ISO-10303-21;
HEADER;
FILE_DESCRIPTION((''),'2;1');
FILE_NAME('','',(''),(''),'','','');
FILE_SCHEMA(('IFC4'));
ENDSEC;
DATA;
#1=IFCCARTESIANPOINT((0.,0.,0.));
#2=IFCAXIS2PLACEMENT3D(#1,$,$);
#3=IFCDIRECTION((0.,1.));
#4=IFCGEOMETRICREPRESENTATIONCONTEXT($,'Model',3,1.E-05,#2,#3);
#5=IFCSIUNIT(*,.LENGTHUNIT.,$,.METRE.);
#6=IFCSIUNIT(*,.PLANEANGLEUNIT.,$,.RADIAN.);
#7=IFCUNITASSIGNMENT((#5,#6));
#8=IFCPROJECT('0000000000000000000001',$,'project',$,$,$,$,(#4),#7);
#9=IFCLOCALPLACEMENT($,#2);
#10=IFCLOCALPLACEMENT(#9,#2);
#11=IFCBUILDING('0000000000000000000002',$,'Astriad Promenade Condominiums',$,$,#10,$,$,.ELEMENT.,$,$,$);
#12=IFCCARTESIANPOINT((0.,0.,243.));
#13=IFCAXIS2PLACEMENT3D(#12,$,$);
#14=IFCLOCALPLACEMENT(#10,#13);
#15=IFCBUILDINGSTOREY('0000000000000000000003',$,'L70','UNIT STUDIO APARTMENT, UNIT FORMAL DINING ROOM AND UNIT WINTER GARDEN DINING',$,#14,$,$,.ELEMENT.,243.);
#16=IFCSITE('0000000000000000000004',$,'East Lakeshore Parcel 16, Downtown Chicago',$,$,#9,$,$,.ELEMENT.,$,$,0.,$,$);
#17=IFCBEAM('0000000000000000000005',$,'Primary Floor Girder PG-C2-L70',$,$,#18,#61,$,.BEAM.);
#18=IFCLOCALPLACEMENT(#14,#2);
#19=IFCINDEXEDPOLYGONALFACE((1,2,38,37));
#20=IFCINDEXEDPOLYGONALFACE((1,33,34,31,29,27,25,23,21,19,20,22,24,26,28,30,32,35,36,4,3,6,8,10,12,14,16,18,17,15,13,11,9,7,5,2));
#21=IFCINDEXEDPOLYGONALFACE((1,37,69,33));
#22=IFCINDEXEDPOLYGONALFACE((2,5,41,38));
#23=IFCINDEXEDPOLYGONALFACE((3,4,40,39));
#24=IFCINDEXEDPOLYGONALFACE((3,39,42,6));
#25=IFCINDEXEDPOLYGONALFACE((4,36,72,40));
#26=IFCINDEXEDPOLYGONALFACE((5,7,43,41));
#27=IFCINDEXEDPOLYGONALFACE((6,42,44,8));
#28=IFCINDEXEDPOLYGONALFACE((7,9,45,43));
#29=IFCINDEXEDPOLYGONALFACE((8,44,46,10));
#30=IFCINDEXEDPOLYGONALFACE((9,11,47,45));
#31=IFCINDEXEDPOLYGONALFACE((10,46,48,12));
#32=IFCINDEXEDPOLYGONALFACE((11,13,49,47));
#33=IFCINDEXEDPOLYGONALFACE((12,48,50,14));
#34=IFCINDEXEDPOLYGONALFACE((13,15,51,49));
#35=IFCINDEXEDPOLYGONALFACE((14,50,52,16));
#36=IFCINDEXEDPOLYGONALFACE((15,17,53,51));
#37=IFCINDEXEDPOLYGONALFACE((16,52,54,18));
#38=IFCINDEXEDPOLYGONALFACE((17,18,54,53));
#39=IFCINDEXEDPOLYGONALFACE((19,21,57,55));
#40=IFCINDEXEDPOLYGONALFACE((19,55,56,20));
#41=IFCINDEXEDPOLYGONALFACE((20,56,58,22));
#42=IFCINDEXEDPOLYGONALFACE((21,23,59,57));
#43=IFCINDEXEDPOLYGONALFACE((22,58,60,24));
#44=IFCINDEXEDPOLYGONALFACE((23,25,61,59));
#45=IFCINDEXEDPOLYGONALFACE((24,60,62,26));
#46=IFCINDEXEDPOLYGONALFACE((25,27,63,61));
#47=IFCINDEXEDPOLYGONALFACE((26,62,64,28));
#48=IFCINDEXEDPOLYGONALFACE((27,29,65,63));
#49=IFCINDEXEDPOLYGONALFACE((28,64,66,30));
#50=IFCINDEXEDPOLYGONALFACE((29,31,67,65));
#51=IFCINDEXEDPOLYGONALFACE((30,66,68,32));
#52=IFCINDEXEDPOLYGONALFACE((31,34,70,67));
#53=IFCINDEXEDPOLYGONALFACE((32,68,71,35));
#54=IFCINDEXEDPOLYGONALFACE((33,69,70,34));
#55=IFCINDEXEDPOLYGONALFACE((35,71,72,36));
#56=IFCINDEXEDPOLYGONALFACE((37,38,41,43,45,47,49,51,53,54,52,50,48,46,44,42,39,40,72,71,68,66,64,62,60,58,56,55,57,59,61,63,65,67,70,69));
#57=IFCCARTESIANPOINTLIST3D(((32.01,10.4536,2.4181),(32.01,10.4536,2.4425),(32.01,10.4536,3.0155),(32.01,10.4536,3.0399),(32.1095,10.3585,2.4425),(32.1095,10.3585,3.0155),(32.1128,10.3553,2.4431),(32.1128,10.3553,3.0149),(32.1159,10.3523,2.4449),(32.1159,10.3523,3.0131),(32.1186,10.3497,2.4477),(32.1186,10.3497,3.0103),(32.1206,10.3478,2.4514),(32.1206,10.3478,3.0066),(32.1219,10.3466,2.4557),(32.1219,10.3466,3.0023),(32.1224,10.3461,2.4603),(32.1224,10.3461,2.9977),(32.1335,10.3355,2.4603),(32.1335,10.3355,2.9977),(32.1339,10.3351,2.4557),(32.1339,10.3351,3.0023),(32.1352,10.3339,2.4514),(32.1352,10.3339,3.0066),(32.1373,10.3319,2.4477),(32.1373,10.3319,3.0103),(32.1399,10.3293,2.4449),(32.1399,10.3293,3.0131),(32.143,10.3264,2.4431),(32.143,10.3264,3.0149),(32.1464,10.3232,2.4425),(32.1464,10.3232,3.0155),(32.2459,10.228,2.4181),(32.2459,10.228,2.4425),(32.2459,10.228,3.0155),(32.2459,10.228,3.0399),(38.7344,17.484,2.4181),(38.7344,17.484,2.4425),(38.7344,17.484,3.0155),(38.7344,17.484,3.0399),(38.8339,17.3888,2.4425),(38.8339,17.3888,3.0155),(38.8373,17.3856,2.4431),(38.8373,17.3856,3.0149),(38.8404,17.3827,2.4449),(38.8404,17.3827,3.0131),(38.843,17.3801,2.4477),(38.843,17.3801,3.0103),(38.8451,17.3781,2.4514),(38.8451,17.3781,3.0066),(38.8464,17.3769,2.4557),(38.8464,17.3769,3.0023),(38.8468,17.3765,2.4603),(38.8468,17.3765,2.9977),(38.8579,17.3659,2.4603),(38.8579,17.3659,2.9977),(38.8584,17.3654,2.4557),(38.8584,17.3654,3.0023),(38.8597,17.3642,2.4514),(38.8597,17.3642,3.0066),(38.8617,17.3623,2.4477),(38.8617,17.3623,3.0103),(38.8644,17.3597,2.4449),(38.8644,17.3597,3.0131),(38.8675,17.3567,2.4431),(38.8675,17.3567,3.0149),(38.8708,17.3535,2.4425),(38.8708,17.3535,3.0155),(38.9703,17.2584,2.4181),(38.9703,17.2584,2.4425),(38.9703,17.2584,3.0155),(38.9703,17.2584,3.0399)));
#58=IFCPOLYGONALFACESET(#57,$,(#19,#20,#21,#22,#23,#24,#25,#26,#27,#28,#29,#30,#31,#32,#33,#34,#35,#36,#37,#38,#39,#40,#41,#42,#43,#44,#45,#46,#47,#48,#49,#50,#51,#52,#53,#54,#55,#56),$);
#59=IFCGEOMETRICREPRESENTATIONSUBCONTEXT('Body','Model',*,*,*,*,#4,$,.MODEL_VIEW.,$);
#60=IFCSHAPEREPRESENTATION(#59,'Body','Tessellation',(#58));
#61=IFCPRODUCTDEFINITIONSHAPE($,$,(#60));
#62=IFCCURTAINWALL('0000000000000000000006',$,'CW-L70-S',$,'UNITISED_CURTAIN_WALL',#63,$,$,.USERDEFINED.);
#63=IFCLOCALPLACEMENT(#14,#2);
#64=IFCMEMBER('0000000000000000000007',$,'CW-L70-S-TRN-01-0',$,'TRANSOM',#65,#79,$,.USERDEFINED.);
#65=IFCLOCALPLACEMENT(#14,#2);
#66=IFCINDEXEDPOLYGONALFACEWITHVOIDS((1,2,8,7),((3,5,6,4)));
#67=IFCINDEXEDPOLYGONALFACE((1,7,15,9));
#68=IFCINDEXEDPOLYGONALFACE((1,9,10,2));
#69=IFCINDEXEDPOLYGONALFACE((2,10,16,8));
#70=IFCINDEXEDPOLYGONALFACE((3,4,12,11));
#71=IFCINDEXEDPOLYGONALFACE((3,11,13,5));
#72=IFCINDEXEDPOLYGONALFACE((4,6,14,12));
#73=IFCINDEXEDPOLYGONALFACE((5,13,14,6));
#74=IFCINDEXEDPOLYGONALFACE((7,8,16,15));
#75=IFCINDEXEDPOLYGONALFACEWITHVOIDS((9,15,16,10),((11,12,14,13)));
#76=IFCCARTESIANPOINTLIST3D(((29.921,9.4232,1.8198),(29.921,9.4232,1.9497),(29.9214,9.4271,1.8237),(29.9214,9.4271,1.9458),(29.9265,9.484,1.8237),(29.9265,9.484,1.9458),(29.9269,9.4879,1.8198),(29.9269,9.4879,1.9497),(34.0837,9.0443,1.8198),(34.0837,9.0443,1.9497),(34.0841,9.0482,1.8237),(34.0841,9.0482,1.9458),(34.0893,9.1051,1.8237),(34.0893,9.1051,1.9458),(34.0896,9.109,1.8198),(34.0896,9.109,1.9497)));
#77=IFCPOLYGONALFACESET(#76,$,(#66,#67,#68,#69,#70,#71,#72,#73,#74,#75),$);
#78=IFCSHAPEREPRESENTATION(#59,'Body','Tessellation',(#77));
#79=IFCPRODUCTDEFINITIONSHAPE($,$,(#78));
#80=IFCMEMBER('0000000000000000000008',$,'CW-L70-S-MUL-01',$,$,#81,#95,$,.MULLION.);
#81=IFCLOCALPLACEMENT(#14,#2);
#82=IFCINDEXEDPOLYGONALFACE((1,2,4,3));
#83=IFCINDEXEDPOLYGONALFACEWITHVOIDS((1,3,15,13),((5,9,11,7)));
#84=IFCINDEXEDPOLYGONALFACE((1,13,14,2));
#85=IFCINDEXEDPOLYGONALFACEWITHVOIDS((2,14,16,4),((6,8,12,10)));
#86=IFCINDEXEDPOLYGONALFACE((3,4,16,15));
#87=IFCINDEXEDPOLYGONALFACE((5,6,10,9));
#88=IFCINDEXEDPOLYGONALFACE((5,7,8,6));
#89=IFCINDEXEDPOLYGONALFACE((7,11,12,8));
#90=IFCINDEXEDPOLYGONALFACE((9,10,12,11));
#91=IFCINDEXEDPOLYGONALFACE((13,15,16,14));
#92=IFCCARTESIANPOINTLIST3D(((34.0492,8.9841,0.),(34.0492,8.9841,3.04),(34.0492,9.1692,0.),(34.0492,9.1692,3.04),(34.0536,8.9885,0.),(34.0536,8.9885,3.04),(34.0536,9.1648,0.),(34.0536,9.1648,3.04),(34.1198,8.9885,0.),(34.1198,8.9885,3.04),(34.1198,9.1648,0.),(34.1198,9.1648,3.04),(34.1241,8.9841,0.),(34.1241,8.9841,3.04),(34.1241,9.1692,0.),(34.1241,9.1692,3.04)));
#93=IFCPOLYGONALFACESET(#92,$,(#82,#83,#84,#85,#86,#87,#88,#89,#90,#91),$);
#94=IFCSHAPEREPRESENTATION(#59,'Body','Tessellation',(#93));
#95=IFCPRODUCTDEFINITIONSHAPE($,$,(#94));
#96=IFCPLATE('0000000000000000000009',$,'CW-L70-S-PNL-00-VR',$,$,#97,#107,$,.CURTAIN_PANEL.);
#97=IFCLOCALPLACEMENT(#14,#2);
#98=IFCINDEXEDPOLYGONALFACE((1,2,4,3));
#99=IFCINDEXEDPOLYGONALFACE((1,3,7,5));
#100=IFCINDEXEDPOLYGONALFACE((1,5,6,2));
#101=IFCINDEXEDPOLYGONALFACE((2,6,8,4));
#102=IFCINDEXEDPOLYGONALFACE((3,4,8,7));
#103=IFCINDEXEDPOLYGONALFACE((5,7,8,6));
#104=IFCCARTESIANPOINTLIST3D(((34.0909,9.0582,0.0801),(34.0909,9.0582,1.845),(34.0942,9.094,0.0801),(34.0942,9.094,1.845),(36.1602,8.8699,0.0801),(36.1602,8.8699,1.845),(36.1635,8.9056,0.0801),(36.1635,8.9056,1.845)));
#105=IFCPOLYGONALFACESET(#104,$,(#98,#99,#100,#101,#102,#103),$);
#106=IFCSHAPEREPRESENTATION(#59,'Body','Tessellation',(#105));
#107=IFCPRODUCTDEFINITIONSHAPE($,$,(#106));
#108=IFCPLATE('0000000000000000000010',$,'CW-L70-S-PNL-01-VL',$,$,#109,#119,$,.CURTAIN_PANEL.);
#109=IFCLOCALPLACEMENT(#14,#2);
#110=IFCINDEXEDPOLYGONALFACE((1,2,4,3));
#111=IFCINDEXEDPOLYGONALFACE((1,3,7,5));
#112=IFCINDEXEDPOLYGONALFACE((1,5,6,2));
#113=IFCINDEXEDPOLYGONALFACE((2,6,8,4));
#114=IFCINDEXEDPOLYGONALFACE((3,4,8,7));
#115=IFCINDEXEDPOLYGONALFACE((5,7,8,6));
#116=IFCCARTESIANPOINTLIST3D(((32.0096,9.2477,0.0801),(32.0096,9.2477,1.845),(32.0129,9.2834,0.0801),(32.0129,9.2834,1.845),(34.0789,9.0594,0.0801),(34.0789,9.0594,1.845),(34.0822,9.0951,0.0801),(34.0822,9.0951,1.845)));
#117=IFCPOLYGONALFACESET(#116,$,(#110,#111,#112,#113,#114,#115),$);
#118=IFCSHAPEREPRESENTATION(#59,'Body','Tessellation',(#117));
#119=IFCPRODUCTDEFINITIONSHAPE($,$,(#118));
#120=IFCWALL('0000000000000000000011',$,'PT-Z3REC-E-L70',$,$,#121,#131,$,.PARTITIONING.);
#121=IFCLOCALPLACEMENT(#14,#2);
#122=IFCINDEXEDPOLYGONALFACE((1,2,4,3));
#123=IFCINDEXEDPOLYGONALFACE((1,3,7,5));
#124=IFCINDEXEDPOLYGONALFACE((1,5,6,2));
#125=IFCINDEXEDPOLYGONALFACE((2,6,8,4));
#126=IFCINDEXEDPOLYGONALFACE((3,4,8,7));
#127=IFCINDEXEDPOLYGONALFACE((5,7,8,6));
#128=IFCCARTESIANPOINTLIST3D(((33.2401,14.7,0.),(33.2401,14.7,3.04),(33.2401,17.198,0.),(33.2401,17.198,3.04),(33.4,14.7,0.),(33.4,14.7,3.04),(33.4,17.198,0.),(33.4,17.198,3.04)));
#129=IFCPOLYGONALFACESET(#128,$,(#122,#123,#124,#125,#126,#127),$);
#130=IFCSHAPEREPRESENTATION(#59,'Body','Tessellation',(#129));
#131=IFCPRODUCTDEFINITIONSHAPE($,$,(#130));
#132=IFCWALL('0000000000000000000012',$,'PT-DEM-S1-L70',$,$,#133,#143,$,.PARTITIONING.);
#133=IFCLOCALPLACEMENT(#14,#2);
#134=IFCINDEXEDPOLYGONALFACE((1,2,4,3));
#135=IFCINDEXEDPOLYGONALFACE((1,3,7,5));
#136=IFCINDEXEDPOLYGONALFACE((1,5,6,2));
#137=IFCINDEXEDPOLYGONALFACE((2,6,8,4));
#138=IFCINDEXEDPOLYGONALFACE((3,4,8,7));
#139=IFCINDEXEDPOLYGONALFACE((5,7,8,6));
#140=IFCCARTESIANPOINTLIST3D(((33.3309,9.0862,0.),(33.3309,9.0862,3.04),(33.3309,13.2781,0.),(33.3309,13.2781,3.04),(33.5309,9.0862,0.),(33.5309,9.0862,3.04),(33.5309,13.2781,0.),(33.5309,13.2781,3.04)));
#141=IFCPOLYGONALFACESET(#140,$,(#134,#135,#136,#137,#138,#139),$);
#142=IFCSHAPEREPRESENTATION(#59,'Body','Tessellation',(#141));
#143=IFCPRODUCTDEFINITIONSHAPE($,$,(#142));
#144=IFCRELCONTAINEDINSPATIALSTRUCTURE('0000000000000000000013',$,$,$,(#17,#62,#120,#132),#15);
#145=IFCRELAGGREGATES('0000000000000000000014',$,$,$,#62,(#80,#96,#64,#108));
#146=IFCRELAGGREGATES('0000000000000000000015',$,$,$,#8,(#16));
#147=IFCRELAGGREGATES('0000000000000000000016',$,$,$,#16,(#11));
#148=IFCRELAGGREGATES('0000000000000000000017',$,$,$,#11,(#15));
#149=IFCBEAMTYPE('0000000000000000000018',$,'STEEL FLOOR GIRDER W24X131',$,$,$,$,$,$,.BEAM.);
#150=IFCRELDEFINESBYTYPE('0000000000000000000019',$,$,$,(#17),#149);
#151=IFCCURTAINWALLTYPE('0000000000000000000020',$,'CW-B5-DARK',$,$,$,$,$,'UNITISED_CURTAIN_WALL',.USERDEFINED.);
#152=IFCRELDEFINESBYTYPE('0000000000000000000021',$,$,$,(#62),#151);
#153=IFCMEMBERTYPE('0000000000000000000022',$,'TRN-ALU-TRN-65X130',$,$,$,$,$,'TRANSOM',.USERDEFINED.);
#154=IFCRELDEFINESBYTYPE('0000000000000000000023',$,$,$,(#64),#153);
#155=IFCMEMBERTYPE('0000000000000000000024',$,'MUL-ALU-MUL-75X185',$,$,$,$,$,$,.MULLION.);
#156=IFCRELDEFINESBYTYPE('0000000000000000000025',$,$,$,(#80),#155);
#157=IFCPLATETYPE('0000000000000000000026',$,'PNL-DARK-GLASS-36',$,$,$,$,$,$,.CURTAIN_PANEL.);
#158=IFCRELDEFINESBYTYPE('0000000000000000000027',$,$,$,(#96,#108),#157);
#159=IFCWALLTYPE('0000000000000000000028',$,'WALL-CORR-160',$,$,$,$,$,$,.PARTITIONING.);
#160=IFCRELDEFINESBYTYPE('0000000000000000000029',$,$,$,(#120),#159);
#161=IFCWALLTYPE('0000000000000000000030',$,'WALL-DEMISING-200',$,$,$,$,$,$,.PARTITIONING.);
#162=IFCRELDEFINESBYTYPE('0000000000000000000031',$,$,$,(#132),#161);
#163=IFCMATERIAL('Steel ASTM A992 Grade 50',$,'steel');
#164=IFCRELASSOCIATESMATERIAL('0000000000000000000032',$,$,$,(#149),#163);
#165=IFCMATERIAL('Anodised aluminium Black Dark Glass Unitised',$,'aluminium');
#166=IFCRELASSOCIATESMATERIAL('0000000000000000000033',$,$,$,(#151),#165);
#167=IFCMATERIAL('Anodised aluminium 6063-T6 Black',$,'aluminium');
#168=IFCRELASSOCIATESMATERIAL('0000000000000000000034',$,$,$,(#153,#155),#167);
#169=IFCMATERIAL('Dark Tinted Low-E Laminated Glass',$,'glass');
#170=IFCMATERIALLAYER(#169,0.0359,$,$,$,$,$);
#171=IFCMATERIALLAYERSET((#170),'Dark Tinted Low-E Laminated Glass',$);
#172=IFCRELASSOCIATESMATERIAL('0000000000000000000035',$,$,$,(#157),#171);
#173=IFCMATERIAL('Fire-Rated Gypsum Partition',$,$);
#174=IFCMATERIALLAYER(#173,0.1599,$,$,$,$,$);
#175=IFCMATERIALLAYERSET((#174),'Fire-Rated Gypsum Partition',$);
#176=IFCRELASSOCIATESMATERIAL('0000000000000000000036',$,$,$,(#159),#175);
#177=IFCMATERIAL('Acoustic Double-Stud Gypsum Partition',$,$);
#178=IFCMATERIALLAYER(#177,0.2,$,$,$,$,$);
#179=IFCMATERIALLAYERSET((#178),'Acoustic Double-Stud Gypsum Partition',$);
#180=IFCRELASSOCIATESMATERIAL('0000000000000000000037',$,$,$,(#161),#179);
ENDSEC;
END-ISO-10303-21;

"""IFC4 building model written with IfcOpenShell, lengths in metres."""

from ifc_helpers import new_model, si_unit, direction, frame, frame_2d, origin, origin_2d, place, context, subcontext, project, spatial, rectangle, hollow_rectangle, i_section, extrude, source, transform, mapped, material, layer, layer_set, material_profile, profile_set, type_object, type_shapes, element, aggregate, save


model = new_model("IFC4")

# Units and contexts
model_context = context("Model", 3, precision=1e-05, world=origin(), true_north=direction((0.0, 1.0)))
body_context = subcontext(model_context, "Body", "Model", "MODEL_VIEW")
ifc_project = project(units=[si_unit("LENGTHUNIT", "METRE"), si_unit("PLANEANGLEUNIT", "RADIAN")], contexts=[model_context])

# Site, building, storey
site_placement = place(None, origin())
site = spatial("IfcSite", under=ifc_project, at=site_placement, Name="East Lakeshore Parcel 16, Downtown Chicago", CompositionType="ELEMENT", RefElevation=0.0)
building_placement = place(site_placement, origin())
building = spatial("IfcBuilding", under=site, at=building_placement, Name="Astriad Promenade Condominiums", CompositionType="ELEMENT")
storey_placement = place(building_placement, frame((0.0, 0.0, 243.0)))
storey = spatial("IfcBuildingStorey", under=building, at=storey_placement, Name="L70", Description="UNIT STUDIO APARTMENT, UNIT FORMAL DINING ROOM AND UNIT WINTER GARDEN DINING", CompositionType="ELEMENT", Elevation=243.0)

# Shared definitions
ifc_material_1 = material(Name="Steel ASTM A992 Grade 50", Category="steel")

# Beam
ifc_material_profile_1 = material_profile(ifc_material_1, i_section(OverallWidth=0.3264, OverallDepth=0.6218, WebThickness=0.0154, FlangeThickness=0.0244, FilletRadius=0.0178, at=origin_2d()), Name="W24X131")
ifc_profile_set_1 = profile_set([ifc_material_profile_1], Name="Steel ASTM A992 Grade 50")
beam_type_1 = type_object("IfcBeamType", Name="STEEL FLOOR GIRDER W24X131", PredefinedType="BEAM", material=ifc_profile_set_1)
shared_shape_1 = source(origin(), body_context, "Body", "SweptSolid", [
    extrude(i_section(OverallWidth=0.3264, OverallDepth=0.6218, WebThickness=0.0154, FlangeThickness=0.0244, FilletRadius=0.0178, at=origin_2d()), origin(), (0.0, 0.0, 1.0), 9.7285),
])
beam_1_placement = place(storey_placement, frame((32.1279, 10.3408, 2.729), z_axis=(0.69121, 0.722654, 0.0), x_axis=(-0.722654, 0.69121, 0.0)))
element("IfcBeam", 1, at=beam_1_placement, inside=storey, type_object=beam_type_1, Name="Primary Floor Girder PG-C2-L70", PredefinedType="BEAM", context=body_context, shape_type="MappedRepresentation", body=[
    mapped(shared_shape_1, transform((0.0, 0.0, 0.0), scale=1.0)),
])

# Curtain wall, members, plates
ifc_material_2 = material(Name="Anodised aluminium Black Dark Glass Unitised", Category="aluminium")
curtain_wall_type = type_object("IfcCurtainWallType", Name="CW-B5-DARK", ElementType="UNITISED_CURTAIN_WALL", PredefinedType="USERDEFINED", material=ifc_material_2)
curtain_wall_placement = place(storey_placement, origin())
curtain_wall = element("IfcCurtainWall", 2, at=curtain_wall_placement, inside=storey, type_object=curtain_wall_type, Name="CW-L70-S", ObjectType="UNITISED_CURTAIN_WALL", PredefinedType="USERDEFINED")
ifc_material_3 = material(Name="Anodised aluminium 6063-T6 Black", Category="aluminium")
ifc_material_profile_2 = material_profile(ifc_material_3, hollow_rectangle(XDim=0.0649, YDim=0.1299, WallThickness=0.0039, at=origin_2d()), Name="ALU-TRN-65X130")
ifc_profile_set_2 = profile_set([ifc_material_profile_2], Name="Anodised aluminium 6063-T6 Black")
member_type_1 = type_object("IfcMemberType", Name="TRN-ALU-TRN-65X130", ElementType="TRANSOM", PredefinedType="USERDEFINED", material=ifc_profile_set_2)
shared_shape_2 = source(origin(), body_context, "Body", "SweptSolid", [
    extrude(hollow_rectangle(XDim=0.0649, YDim=0.1299, WallThickness=0.0039, at=origin_2d()), origin(), (0.0, 0.0, 1.0), 4.1799),
])
type_shapes(member_type_1, [shared_shape_2])
member_1_placement = place(storey_placement, frame((34.0867, 9.0767, 1.8848), z_axis=(-0.995883, 0.090646, 0.0), x_axis=(-0.090646, -0.995883, 0.0)))
member_1 = element("IfcMember", 3, at=member_1_placement, type_object=member_type_1, Name="CW-L70-S-TRN-01-0", ObjectType="TRANSOM", PredefinedType="USERDEFINED", context=body_context, shape_type="MappedRepresentation", body=[
    mapped(shared_shape_2, transform((0.0, 0.0, 0.0), scale=1.0)),
])
ifc_material_profile_3 = material_profile(ifc_material_3, hollow_rectangle(XDim=0.075, YDim=0.1851, WallThickness=0.0044, at=origin_2d()), Name="ALU-MUL-75X185")
ifc_profile_set_3 = profile_set([ifc_material_profile_3], Name="Anodised aluminium 6063-T6 Black")
member_type_2 = type_object("IfcMemberType", Name="MUL-ALU-MUL-75X185", PredefinedType="MULLION", material=ifc_profile_set_3)
shared_shape_3 = source(origin(), body_context, "Body", "SweptSolid", [
    extrude(hollow_rectangle(XDim=0.075, YDim=0.1851, WallThickness=0.0044, at=origin_2d()), origin(), (0.0, 0.0, 1.0), 3.04),
])
type_shapes(member_type_2, [shared_shape_3])
member_2_placement = place(storey_placement, frame((34.0867, 9.0767, 0.0), z_axis=(0.0, 0.0, 1.0), x_axis=(1.0, 0.0, 0.0)))
member_2 = element("IfcMember", 4, at=member_2_placement, type_object=member_type_2, Name="CW-L70-S-MUL-01", PredefinedType="MULLION", context=body_context, shape_type="MappedRepresentation", body=[
    mapped(shared_shape_3, transform((0.0, 0.0, 0.0), scale=1.0)),
])
ifc_material_4 = material(Name="Dark Tinted Low-E Laminated Glass", Category="glass")
ifc_layer_1 = layer(ifc_material_4, 0.0359)
ifc_layer_set_1 = layer_set([ifc_layer_1], Name="Dark Tinted Low-E Laminated Glass")
plate_type = type_object("IfcPlateType", Name="PNL-DARK-GLASS-36", PredefinedType="CURTAIN_PANEL", material=ifc_layer_set_1)
shared_shape_4 = source(origin(), body_context, "Body", "SweptSolid", [
    extrude(rectangle(XDim=2.0779, YDim=0.0359, at=origin_2d()), origin(), (0.0, 0.0, 1.0), 1.7649),
])
type_shapes(plate_type, [shared_shape_4])
plate_1_placement = place(storey_placement, frame((35.1272, 8.9819, 0.0801), z_axis=(0.0, 0.0, 1.0), x_axis=(-0.995884, 0.090633, 0.0)))
plate_1 = element("IfcPlate", 5, at=plate_1_placement, type_object=plate_type, Name="CW-L70-S-PNL-00-VR", PredefinedType="CURTAIN_PANEL", context=body_context, shape_type="MappedRepresentation", body=[
    mapped(shared_shape_4, transform((0.0, 0.0, 0.0), scale=1.0)),
])
plate_2_placement = place(storey_placement, frame((33.0459, 9.1714, 0.0801), z_axis=(0.0, 0.0, 1.0), x_axis=(-0.995884, 0.090633, 0.0)))
plate_2 = element("IfcPlate", 6, at=plate_2_placement, type_object=plate_type, Name="CW-L70-S-PNL-01-VL", PredefinedType="CURTAIN_PANEL", context=body_context, shape_type="MappedRepresentation", body=[
    mapped(shared_shape_4, transform((0.0, 0.0, 0.0), scale=1.0)),
])
aggregate(curtain_wall, [member_2, plate_1, member_1, plate_2])

# Walls
ifc_material_5 = material(Name="Fire-Rated Gypsum Partition")
ifc_layer_2 = layer(ifc_material_5, 0.1599)
ifc_layer_set_2 = layer_set([ifc_layer_2], Name="Fire-Rated Gypsum Partition")
wall_type_1 = type_object("IfcWallType", Name="WALL-CORR-160", PredefinedType="PARTITIONING", material=ifc_layer_set_2)
wall_1_placement = place(storey_placement, frame((33.3201, 14.7, 0.0), z_axis=(0.0, 0.0, 1.0), x_axis=(0.0, 1.0, 0.0)))
element("IfcWall", 7, at=wall_1_placement, inside=storey, type_object=wall_type_1, Name="PT-Z3REC-E-L70", PredefinedType="PARTITIONING", context=body_context, shape_type="SweptSolid", body=[
    extrude(rectangle(XDim=2.498, YDim=0.1599, at=frame_2d((1.249, 0.0))), origin(), (0.0, 0.0, 1.0), 3.04),
])
ifc_material_6 = material(Name="Acoustic Double-Stud Gypsum Partition")
ifc_layer_3 = layer(ifc_material_6, 0.2)
ifc_layer_set_3 = layer_set([ifc_layer_3], Name="Acoustic Double-Stud Gypsum Partition")
wall_type_2 = type_object("IfcWallType", Name="WALL-DEMISING-200", PredefinedType="PARTITIONING", material=ifc_layer_set_3)
wall_2_placement = place(storey_placement, frame((33.4309, 9.0862, 0.0), z_axis=(0.0, 0.0, 1.0), x_axis=(0.0, 1.0, 0.0)))
element("IfcWall", 8, at=wall_2_placement, inside=storey, type_object=wall_type_2, Name="PT-DEM-S1-L70", PredefinedType="PARTITIONING", context=body_context, shape_type="SweptSolid", body=[
    extrude(rectangle(XDim=4.1919, YDim=0.2, at=frame_2d((2.0959, 0.0))), origin(), (0.0, 0.0, 1.0), 3.04),
])

save(model, "model.ifc")
